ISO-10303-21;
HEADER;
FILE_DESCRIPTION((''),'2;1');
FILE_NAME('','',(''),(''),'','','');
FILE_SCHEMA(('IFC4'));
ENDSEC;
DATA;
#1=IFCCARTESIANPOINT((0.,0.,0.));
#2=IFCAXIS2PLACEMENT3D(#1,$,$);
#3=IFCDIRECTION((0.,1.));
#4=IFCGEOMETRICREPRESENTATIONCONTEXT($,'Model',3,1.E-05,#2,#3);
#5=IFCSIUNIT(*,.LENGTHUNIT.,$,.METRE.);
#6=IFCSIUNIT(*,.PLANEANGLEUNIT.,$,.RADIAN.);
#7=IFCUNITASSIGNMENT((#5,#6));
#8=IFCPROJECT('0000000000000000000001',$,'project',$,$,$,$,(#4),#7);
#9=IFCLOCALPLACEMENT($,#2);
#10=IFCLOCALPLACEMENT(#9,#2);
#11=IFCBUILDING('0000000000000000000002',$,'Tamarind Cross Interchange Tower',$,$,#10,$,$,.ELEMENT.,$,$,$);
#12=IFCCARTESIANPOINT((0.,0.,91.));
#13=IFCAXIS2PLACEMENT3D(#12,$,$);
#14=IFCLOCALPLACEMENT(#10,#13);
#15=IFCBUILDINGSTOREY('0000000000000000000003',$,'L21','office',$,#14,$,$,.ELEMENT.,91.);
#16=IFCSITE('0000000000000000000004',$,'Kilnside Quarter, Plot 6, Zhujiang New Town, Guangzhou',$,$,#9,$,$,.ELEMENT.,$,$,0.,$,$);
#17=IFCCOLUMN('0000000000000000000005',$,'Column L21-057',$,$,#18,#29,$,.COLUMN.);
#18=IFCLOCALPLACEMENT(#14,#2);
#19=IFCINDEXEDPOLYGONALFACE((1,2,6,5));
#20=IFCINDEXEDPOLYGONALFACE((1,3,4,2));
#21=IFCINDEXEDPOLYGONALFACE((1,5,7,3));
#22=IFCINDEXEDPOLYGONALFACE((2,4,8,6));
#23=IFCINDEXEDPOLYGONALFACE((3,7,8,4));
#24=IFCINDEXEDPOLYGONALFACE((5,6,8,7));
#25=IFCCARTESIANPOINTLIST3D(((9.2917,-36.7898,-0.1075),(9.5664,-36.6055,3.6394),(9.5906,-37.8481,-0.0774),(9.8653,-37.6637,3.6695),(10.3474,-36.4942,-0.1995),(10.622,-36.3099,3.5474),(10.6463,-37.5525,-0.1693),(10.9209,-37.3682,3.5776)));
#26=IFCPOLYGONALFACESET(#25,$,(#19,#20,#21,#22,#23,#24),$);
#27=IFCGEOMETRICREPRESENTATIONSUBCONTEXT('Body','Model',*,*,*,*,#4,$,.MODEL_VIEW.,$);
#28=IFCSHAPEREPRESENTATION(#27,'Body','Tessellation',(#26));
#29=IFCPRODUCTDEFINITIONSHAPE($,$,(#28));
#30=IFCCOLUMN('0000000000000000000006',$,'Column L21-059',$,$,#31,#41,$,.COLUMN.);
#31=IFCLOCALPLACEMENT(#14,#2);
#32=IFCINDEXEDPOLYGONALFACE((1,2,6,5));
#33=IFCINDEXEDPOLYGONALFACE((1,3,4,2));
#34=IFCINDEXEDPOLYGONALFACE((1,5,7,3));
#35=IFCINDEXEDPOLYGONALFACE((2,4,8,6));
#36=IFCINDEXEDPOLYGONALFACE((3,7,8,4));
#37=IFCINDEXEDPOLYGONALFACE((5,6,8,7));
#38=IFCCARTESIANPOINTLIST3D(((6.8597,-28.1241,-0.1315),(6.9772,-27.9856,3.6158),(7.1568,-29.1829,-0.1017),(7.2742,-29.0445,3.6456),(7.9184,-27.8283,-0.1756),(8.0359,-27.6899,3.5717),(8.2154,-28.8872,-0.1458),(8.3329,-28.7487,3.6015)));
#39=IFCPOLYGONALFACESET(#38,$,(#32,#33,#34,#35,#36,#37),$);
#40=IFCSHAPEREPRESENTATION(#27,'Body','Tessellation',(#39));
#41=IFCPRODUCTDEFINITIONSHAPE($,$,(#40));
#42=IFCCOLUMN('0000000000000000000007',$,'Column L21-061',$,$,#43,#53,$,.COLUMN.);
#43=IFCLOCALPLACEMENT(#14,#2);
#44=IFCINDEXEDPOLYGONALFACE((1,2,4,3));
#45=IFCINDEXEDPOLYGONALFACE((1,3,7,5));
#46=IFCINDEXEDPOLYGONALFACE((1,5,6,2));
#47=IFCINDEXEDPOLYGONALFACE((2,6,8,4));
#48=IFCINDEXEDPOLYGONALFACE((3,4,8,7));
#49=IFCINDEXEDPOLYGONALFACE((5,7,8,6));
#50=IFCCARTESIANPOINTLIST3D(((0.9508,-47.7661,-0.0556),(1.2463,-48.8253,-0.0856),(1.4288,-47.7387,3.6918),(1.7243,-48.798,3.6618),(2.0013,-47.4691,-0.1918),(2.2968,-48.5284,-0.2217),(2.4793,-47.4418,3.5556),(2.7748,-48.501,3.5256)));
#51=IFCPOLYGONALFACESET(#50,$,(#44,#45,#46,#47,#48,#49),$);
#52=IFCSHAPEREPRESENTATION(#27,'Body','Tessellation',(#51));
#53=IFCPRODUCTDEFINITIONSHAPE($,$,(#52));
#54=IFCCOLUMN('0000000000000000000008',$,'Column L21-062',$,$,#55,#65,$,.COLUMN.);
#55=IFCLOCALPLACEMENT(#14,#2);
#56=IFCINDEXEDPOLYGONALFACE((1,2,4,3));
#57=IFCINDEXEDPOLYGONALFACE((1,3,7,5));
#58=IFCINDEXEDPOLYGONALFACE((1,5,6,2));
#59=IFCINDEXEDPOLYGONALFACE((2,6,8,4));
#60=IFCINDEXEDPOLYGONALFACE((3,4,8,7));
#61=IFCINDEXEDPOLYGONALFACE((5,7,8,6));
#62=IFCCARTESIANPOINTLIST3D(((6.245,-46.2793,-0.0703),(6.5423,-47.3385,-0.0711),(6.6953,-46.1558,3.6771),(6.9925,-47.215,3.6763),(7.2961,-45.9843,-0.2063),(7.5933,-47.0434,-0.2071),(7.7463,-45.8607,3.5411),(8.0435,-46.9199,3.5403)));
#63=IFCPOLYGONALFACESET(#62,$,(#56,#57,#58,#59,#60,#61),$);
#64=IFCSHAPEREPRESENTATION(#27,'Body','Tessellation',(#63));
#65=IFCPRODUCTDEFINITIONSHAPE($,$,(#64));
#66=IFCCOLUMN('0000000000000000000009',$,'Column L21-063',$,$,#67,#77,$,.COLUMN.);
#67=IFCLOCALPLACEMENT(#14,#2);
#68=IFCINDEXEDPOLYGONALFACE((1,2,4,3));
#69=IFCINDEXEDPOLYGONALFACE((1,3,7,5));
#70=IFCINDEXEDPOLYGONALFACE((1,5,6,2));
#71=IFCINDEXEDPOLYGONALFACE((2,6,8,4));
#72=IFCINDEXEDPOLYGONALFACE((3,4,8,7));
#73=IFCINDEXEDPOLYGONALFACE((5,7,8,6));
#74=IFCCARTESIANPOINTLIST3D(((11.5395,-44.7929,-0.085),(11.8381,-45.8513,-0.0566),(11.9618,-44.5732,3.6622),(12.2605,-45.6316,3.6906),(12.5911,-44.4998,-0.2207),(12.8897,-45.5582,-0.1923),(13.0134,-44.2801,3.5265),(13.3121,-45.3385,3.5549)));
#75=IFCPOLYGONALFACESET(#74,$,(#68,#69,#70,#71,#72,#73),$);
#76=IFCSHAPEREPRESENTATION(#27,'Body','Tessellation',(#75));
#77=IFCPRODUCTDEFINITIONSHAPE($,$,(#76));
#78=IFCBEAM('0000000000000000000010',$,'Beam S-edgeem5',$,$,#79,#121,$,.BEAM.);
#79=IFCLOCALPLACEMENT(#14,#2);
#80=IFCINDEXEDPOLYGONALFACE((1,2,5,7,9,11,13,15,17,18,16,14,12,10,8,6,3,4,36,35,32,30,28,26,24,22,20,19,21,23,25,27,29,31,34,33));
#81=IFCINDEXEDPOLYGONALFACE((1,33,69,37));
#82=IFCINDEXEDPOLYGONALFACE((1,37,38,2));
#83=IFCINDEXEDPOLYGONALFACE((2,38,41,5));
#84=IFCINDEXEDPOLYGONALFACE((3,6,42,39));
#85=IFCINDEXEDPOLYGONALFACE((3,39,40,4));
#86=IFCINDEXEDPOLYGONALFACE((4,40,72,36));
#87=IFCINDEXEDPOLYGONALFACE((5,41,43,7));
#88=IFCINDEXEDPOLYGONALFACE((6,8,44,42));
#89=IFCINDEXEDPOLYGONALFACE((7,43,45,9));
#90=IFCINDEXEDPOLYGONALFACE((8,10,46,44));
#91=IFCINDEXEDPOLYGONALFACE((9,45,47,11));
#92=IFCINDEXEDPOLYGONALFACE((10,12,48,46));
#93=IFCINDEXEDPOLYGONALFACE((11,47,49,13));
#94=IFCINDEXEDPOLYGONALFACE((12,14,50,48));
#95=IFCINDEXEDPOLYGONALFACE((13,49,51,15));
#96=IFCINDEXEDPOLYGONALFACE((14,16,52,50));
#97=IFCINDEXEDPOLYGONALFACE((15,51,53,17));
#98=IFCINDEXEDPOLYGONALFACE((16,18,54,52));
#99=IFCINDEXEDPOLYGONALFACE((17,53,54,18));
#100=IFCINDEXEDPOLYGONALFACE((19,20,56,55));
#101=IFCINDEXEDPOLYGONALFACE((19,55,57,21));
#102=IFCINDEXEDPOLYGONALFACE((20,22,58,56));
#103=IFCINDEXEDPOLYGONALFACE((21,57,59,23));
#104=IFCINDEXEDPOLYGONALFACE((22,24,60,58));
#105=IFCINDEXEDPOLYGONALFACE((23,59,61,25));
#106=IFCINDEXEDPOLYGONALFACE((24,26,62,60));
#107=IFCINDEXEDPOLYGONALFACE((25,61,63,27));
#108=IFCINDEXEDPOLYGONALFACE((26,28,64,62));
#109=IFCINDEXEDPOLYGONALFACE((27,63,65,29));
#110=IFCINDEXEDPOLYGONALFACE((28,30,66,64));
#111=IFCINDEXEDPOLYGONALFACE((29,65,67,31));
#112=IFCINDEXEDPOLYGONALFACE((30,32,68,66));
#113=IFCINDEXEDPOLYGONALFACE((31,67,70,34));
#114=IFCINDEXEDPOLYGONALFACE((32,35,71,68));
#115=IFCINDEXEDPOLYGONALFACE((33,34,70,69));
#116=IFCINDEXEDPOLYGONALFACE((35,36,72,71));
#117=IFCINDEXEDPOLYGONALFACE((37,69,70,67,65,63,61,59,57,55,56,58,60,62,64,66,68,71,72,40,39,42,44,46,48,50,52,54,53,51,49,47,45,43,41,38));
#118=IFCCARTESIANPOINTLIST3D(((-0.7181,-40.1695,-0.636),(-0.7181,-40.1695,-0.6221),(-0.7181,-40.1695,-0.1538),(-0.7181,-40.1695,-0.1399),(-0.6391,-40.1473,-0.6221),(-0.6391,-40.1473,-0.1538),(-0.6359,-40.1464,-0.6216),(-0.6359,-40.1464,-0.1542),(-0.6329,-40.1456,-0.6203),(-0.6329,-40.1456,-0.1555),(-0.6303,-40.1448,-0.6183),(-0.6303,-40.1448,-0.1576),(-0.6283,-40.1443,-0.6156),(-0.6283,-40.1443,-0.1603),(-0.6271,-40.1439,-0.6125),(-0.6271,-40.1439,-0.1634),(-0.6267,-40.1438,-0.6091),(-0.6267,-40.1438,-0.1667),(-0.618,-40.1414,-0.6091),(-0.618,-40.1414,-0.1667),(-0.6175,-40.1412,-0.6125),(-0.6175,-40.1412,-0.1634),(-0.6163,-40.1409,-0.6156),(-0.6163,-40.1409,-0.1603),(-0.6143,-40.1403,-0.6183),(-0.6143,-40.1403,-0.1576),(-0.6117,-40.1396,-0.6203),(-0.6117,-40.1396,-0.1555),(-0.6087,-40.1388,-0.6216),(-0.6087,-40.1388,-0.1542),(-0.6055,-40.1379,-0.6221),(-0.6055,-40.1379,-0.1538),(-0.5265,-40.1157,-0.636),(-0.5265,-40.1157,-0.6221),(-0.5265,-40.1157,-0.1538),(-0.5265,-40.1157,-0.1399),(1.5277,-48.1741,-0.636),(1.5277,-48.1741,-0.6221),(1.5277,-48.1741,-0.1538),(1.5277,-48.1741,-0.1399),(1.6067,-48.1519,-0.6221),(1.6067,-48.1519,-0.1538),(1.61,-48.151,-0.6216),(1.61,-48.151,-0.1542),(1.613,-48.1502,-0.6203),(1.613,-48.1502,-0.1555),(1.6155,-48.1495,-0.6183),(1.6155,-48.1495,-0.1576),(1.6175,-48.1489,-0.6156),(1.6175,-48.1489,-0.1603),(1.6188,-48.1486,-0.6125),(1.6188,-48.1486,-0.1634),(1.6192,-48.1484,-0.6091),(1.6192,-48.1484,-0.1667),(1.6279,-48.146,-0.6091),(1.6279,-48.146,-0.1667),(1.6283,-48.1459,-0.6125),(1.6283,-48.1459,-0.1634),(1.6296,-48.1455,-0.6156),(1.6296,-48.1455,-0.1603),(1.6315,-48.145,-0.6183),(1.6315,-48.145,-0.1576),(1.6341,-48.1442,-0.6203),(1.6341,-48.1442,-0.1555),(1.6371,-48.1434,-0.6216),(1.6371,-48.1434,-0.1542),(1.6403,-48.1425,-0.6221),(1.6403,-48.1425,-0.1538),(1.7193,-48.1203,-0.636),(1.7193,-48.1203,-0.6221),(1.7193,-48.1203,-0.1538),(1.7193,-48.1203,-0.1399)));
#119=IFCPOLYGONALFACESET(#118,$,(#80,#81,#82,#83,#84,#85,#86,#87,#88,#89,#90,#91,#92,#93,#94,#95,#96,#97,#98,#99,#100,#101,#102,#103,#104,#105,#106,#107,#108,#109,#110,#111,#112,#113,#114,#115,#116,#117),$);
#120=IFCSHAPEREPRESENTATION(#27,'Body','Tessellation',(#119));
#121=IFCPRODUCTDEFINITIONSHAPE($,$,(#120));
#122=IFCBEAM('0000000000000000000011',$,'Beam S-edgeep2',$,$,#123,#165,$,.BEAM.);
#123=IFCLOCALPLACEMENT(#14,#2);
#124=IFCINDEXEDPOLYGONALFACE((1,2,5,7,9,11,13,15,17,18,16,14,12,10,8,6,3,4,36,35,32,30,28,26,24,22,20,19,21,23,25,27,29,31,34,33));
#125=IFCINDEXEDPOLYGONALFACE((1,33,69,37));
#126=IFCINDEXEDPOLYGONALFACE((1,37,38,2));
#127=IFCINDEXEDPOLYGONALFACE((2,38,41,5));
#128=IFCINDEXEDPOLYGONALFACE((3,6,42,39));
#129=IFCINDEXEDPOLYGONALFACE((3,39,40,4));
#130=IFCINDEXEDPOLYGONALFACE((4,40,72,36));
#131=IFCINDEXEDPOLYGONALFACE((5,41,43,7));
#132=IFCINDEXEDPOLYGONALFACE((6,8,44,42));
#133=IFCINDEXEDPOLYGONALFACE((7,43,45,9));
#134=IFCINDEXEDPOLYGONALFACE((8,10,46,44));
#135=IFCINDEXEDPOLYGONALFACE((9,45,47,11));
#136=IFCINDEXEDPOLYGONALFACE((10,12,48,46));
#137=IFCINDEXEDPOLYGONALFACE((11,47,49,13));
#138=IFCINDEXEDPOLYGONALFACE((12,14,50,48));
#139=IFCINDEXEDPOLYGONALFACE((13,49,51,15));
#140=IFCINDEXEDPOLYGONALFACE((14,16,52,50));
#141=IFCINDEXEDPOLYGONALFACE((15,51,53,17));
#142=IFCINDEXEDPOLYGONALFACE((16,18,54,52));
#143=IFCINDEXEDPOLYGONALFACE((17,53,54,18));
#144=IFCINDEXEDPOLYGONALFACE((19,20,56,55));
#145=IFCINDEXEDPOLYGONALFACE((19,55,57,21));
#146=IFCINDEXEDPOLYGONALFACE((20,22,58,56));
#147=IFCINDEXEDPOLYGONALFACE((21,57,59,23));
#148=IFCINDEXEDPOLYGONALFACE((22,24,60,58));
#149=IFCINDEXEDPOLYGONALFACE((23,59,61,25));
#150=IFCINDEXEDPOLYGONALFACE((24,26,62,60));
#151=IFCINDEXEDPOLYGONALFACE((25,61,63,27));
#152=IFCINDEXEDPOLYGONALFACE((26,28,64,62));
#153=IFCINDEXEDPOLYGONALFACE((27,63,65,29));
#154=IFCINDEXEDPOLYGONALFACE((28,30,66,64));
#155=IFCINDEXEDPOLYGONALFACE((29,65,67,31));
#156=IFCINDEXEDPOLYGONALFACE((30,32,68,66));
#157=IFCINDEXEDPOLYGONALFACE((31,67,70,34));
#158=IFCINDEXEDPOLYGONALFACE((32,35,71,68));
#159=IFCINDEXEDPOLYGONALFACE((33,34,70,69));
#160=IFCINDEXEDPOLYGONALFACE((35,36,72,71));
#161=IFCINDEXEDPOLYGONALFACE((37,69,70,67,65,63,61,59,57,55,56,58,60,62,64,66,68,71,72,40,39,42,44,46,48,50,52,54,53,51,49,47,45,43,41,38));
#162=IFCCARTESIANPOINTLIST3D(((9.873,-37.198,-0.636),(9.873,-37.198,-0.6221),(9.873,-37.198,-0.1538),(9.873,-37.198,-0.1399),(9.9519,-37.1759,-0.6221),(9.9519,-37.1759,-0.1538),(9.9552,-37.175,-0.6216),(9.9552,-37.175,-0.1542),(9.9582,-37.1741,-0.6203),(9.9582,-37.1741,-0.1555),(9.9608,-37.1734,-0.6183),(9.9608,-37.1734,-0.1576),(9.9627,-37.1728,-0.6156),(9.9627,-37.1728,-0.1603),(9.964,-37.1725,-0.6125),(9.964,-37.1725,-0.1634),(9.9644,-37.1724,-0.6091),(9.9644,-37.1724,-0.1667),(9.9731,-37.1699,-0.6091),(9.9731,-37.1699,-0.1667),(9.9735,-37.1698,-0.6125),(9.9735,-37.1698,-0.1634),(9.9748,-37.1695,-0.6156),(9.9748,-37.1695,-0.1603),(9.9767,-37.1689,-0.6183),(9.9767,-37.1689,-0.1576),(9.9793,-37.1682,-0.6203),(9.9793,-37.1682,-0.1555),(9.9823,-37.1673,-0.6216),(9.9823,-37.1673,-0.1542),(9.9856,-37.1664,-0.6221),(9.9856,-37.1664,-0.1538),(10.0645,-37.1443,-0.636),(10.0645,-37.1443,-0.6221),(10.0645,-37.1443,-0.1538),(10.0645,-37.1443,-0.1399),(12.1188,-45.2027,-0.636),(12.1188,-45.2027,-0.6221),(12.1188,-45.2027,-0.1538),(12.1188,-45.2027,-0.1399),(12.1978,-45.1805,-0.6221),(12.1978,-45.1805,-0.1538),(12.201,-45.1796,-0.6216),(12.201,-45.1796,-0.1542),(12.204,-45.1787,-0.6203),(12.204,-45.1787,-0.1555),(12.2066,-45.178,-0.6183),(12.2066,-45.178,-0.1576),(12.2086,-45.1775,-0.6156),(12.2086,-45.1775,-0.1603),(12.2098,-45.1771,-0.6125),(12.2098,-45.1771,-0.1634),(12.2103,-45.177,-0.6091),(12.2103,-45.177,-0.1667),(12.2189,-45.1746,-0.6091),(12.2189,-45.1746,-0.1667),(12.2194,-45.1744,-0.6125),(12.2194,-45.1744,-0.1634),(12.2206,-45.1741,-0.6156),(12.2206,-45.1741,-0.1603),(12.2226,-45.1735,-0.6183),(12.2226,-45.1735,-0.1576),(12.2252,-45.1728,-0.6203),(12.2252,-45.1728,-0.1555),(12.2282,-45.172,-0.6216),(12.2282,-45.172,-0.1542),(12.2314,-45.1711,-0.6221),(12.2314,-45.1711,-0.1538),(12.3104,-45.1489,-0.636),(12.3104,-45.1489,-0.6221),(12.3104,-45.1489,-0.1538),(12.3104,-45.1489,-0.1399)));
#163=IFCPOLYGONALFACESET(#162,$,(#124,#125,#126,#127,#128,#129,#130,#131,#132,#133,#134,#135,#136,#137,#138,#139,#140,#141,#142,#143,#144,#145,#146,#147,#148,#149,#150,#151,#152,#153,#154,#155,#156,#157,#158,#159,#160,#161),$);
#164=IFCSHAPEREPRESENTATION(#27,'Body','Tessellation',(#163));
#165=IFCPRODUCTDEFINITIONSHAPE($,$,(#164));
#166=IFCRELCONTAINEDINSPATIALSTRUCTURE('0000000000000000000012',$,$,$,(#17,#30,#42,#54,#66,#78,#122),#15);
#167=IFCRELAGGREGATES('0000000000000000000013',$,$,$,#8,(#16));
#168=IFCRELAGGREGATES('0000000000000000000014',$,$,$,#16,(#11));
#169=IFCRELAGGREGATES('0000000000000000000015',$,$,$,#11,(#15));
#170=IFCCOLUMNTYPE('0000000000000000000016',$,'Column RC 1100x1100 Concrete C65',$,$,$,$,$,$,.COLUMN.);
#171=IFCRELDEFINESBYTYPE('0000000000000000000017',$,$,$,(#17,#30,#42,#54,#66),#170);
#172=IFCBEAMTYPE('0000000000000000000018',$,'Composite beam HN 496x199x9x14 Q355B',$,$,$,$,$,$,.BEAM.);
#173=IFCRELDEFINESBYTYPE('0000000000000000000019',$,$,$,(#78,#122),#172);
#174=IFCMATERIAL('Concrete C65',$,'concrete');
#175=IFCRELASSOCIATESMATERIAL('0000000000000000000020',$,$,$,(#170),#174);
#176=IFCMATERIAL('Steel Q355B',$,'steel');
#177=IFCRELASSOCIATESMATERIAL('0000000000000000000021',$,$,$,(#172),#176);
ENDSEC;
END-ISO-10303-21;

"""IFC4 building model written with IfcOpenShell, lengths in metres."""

from ifc_helpers import new_model, si_unit, direction, frame, origin, origin_2d, place, context, subcontext, project, spatial, rectangle, i_section, extrude, material, material_profile, profile_set, type_object, element, save


model = new_model("IFC4")

# Units and contexts
model_context = context("Model", 3, precision=1e-05, world=origin(), true_north=direction((0.0, 1.0)))
body_context = subcontext(model_context, "Body", "Model", "MODEL_VIEW")
ifc_project = project(units=[si_unit("LENGTHUNIT", "METRE"), si_unit("PLANEANGLEUNIT", "RADIAN")], contexts=[model_context])

# Site, building, storey
site_placement = place(None, origin())
site = spatial("IfcSite", under=ifc_project, at=site_placement, Name="Kilnside Quarter, Plot 6, Zhujiang New Town, Guangzhou", CompositionType="ELEMENT", RefElevation=0.0)
building_placement = place(site_placement, origin())
building = spatial("IfcBuilding", under=site, at=building_placement, Name="Tamarind Cross Interchange Tower", CompositionType="ELEMENT")
storey_placement = place(building_placement, frame((0.0, 0.0, 91.0)))
storey = spatial("IfcBuildingStorey", under=building, at=storey_placement, Name="L21", Description="office", CompositionType="ELEMENT", Elevation=91.0)

# Columns
ifc_material_1 = material(Name="Concrete C65", Category="concrete")
ifc_material_profile_1 = material_profile(ifc_material_1, rectangle(XDim=1.1001, YDim=1.1001, at=origin_2d()), Name="RC 1100x1100")
ifc_profile_set_1 = profile_set([ifc_material_profile_1], Name="Concrete C65")
column_type = type_object("IfcColumnType", Name="Column RC 1100x1100 Concrete C65", PredefinedType="COLUMN", material=ifc_profile_set_1)
column_1_placement = place(storey_placement, frame((9.969, -37.1711, -0.1384), z_axis=(0.07302, 0.049005, 0.996126), x_axis=(-0.959601, -0.268669, 0.08356)))
element("IfcColumn", 1, at=column_1_placement, inside=storey, type_object=column_type, Name="Column L21-057", PredefinedType="COLUMN", context=body_context, shape_type="SweptSolid", body=[
    extrude(rectangle(XDim=1.1001, YDim=1.1001, at=origin_2d()), origin(), (0.0, 0.0, 1.0), 3.7615),
])
column_2_placement = place(storey_placement, frame((7.5376, -28.5056, -0.1387), z_axis=(0.031301, 0.036897, 0.998829), x_axis=(-0.962354, -0.268825, 0.040088)))
element("IfcColumn", 2, at=column_2_placement, inside=storey, type_object=column_type, Name="Column L21-059", PredefinedType="COLUMN", context=body_context, shape_type="SweptSolid", body=[
    extrude(rectangle(XDim=1.1001, YDim=1.1001, at=origin_2d()), origin(), (0.0, 0.0, 1.0), 3.7517),
])
column_3_placement = place(storey_placement, frame((1.6238, -48.1472, -0.1387), z_axis=(0.126537, 0.007238, 0.991936), x_axis=(-0.268633, 0.962857, 0.027242)))
element("IfcColumn", 3, at=column_3_placement, inside=storey, type_object=column_type, Name="Column L21-061", PredefinedType="COLUMN", context=body_context, shape_type="SweptSolid", body=[
    extrude(rectangle(XDim=1.1001, YDim=1.1001, at=origin_2d()), origin(), (0.0, 0.0, 1.0), 3.7778),
])
column_4_placement = place(storey_placement, frame((6.9192, -46.6614, -0.1387), z_axis=(0.119217, 0.032713, 0.992329), x_axis=(-0.270211, 0.962801, 0.000723)))
element("IfcColumn", 4, at=column_4_placement, inside=storey, type_object=column_type, Name="Column L21-062", PredefinedType="COLUMN", context=body_context, shape_type="SweptSolid", body=[
    extrude(rectangle(XDim=1.1001, YDim=1.1001, at=origin_2d()), origin(), (0.0, 0.0, 1.0), 3.7764),
])
column_5_placement = place(storey_placement, frame((12.2146, -45.1755, -0.1387), z_axis=(0.111812, 0.058168, 0.992025), x_axis=(-0.955923, -0.266445, 0.123366)))
element("IfcColumn", 5, at=column_5_placement, inside=storey, type_object=column_type, Name="Column L21-063", PredefinedType="COLUMN", context=body_context, shape_type="SweptSolid", body=[
    extrude(rectangle(XDim=1.1001, YDim=1.1001, at=origin_2d()), origin(), (0.0, 0.0, 1.0), 3.7773),
])

# Beams
ifc_material_2 = material(Name="Steel Q355B", Category="steel")
ifc_material_profile_2 = material_profile(ifc_material_2, i_section(OverallWidth=0.199, OverallDepth=0.4961, WebThickness=0.009, FlangeThickness=0.0139, FilletRadius=0.0129, at=origin_2d()), Name="HN 496x199x9x14")
ifc_profile_set_2 = profile_set([ifc_material_profile_2], Name="Steel Q355B")
beam_type_1 = type_object("IfcBeamType", Name="Composite beam HN 496x199x9x14 Q355B", PredefinedType="BEAM", material=ifc_profile_set_2)
for number, where, z_axis, x_axis, name in (
    (6, (1.6235, -48.1472, -0.3879), (-0.270137, 0.962822, 0.0), (-0.962822, -0.270137, 0.0), "Beam S-edgeem5"),
    (7, (12.2146, -45.1758, -0.3879), (-0.270137, 0.962822, 0.0), (-0.962822, -0.270137, 0.0), "Beam S-edgeep2"),
):
    element("IfcBeam", number, at=place(storey_placement, frame(where, z_axis=z_axis, x_axis=x_axis)), inside=storey, type_object=beam_type_1, Name=name, PredefinedType="BEAM", context=body_context, shape_type="SweptSolid", body=[
        extrude(i_section(OverallWidth=0.199, OverallDepth=0.4961, WebThickness=0.009, FlangeThickness=0.0139, FilletRadius=0.0129, at=origin_2d()), origin(), (0.0, 0.0, 1.0), 8.3137),
    ])

save(model, "model.ifc")
